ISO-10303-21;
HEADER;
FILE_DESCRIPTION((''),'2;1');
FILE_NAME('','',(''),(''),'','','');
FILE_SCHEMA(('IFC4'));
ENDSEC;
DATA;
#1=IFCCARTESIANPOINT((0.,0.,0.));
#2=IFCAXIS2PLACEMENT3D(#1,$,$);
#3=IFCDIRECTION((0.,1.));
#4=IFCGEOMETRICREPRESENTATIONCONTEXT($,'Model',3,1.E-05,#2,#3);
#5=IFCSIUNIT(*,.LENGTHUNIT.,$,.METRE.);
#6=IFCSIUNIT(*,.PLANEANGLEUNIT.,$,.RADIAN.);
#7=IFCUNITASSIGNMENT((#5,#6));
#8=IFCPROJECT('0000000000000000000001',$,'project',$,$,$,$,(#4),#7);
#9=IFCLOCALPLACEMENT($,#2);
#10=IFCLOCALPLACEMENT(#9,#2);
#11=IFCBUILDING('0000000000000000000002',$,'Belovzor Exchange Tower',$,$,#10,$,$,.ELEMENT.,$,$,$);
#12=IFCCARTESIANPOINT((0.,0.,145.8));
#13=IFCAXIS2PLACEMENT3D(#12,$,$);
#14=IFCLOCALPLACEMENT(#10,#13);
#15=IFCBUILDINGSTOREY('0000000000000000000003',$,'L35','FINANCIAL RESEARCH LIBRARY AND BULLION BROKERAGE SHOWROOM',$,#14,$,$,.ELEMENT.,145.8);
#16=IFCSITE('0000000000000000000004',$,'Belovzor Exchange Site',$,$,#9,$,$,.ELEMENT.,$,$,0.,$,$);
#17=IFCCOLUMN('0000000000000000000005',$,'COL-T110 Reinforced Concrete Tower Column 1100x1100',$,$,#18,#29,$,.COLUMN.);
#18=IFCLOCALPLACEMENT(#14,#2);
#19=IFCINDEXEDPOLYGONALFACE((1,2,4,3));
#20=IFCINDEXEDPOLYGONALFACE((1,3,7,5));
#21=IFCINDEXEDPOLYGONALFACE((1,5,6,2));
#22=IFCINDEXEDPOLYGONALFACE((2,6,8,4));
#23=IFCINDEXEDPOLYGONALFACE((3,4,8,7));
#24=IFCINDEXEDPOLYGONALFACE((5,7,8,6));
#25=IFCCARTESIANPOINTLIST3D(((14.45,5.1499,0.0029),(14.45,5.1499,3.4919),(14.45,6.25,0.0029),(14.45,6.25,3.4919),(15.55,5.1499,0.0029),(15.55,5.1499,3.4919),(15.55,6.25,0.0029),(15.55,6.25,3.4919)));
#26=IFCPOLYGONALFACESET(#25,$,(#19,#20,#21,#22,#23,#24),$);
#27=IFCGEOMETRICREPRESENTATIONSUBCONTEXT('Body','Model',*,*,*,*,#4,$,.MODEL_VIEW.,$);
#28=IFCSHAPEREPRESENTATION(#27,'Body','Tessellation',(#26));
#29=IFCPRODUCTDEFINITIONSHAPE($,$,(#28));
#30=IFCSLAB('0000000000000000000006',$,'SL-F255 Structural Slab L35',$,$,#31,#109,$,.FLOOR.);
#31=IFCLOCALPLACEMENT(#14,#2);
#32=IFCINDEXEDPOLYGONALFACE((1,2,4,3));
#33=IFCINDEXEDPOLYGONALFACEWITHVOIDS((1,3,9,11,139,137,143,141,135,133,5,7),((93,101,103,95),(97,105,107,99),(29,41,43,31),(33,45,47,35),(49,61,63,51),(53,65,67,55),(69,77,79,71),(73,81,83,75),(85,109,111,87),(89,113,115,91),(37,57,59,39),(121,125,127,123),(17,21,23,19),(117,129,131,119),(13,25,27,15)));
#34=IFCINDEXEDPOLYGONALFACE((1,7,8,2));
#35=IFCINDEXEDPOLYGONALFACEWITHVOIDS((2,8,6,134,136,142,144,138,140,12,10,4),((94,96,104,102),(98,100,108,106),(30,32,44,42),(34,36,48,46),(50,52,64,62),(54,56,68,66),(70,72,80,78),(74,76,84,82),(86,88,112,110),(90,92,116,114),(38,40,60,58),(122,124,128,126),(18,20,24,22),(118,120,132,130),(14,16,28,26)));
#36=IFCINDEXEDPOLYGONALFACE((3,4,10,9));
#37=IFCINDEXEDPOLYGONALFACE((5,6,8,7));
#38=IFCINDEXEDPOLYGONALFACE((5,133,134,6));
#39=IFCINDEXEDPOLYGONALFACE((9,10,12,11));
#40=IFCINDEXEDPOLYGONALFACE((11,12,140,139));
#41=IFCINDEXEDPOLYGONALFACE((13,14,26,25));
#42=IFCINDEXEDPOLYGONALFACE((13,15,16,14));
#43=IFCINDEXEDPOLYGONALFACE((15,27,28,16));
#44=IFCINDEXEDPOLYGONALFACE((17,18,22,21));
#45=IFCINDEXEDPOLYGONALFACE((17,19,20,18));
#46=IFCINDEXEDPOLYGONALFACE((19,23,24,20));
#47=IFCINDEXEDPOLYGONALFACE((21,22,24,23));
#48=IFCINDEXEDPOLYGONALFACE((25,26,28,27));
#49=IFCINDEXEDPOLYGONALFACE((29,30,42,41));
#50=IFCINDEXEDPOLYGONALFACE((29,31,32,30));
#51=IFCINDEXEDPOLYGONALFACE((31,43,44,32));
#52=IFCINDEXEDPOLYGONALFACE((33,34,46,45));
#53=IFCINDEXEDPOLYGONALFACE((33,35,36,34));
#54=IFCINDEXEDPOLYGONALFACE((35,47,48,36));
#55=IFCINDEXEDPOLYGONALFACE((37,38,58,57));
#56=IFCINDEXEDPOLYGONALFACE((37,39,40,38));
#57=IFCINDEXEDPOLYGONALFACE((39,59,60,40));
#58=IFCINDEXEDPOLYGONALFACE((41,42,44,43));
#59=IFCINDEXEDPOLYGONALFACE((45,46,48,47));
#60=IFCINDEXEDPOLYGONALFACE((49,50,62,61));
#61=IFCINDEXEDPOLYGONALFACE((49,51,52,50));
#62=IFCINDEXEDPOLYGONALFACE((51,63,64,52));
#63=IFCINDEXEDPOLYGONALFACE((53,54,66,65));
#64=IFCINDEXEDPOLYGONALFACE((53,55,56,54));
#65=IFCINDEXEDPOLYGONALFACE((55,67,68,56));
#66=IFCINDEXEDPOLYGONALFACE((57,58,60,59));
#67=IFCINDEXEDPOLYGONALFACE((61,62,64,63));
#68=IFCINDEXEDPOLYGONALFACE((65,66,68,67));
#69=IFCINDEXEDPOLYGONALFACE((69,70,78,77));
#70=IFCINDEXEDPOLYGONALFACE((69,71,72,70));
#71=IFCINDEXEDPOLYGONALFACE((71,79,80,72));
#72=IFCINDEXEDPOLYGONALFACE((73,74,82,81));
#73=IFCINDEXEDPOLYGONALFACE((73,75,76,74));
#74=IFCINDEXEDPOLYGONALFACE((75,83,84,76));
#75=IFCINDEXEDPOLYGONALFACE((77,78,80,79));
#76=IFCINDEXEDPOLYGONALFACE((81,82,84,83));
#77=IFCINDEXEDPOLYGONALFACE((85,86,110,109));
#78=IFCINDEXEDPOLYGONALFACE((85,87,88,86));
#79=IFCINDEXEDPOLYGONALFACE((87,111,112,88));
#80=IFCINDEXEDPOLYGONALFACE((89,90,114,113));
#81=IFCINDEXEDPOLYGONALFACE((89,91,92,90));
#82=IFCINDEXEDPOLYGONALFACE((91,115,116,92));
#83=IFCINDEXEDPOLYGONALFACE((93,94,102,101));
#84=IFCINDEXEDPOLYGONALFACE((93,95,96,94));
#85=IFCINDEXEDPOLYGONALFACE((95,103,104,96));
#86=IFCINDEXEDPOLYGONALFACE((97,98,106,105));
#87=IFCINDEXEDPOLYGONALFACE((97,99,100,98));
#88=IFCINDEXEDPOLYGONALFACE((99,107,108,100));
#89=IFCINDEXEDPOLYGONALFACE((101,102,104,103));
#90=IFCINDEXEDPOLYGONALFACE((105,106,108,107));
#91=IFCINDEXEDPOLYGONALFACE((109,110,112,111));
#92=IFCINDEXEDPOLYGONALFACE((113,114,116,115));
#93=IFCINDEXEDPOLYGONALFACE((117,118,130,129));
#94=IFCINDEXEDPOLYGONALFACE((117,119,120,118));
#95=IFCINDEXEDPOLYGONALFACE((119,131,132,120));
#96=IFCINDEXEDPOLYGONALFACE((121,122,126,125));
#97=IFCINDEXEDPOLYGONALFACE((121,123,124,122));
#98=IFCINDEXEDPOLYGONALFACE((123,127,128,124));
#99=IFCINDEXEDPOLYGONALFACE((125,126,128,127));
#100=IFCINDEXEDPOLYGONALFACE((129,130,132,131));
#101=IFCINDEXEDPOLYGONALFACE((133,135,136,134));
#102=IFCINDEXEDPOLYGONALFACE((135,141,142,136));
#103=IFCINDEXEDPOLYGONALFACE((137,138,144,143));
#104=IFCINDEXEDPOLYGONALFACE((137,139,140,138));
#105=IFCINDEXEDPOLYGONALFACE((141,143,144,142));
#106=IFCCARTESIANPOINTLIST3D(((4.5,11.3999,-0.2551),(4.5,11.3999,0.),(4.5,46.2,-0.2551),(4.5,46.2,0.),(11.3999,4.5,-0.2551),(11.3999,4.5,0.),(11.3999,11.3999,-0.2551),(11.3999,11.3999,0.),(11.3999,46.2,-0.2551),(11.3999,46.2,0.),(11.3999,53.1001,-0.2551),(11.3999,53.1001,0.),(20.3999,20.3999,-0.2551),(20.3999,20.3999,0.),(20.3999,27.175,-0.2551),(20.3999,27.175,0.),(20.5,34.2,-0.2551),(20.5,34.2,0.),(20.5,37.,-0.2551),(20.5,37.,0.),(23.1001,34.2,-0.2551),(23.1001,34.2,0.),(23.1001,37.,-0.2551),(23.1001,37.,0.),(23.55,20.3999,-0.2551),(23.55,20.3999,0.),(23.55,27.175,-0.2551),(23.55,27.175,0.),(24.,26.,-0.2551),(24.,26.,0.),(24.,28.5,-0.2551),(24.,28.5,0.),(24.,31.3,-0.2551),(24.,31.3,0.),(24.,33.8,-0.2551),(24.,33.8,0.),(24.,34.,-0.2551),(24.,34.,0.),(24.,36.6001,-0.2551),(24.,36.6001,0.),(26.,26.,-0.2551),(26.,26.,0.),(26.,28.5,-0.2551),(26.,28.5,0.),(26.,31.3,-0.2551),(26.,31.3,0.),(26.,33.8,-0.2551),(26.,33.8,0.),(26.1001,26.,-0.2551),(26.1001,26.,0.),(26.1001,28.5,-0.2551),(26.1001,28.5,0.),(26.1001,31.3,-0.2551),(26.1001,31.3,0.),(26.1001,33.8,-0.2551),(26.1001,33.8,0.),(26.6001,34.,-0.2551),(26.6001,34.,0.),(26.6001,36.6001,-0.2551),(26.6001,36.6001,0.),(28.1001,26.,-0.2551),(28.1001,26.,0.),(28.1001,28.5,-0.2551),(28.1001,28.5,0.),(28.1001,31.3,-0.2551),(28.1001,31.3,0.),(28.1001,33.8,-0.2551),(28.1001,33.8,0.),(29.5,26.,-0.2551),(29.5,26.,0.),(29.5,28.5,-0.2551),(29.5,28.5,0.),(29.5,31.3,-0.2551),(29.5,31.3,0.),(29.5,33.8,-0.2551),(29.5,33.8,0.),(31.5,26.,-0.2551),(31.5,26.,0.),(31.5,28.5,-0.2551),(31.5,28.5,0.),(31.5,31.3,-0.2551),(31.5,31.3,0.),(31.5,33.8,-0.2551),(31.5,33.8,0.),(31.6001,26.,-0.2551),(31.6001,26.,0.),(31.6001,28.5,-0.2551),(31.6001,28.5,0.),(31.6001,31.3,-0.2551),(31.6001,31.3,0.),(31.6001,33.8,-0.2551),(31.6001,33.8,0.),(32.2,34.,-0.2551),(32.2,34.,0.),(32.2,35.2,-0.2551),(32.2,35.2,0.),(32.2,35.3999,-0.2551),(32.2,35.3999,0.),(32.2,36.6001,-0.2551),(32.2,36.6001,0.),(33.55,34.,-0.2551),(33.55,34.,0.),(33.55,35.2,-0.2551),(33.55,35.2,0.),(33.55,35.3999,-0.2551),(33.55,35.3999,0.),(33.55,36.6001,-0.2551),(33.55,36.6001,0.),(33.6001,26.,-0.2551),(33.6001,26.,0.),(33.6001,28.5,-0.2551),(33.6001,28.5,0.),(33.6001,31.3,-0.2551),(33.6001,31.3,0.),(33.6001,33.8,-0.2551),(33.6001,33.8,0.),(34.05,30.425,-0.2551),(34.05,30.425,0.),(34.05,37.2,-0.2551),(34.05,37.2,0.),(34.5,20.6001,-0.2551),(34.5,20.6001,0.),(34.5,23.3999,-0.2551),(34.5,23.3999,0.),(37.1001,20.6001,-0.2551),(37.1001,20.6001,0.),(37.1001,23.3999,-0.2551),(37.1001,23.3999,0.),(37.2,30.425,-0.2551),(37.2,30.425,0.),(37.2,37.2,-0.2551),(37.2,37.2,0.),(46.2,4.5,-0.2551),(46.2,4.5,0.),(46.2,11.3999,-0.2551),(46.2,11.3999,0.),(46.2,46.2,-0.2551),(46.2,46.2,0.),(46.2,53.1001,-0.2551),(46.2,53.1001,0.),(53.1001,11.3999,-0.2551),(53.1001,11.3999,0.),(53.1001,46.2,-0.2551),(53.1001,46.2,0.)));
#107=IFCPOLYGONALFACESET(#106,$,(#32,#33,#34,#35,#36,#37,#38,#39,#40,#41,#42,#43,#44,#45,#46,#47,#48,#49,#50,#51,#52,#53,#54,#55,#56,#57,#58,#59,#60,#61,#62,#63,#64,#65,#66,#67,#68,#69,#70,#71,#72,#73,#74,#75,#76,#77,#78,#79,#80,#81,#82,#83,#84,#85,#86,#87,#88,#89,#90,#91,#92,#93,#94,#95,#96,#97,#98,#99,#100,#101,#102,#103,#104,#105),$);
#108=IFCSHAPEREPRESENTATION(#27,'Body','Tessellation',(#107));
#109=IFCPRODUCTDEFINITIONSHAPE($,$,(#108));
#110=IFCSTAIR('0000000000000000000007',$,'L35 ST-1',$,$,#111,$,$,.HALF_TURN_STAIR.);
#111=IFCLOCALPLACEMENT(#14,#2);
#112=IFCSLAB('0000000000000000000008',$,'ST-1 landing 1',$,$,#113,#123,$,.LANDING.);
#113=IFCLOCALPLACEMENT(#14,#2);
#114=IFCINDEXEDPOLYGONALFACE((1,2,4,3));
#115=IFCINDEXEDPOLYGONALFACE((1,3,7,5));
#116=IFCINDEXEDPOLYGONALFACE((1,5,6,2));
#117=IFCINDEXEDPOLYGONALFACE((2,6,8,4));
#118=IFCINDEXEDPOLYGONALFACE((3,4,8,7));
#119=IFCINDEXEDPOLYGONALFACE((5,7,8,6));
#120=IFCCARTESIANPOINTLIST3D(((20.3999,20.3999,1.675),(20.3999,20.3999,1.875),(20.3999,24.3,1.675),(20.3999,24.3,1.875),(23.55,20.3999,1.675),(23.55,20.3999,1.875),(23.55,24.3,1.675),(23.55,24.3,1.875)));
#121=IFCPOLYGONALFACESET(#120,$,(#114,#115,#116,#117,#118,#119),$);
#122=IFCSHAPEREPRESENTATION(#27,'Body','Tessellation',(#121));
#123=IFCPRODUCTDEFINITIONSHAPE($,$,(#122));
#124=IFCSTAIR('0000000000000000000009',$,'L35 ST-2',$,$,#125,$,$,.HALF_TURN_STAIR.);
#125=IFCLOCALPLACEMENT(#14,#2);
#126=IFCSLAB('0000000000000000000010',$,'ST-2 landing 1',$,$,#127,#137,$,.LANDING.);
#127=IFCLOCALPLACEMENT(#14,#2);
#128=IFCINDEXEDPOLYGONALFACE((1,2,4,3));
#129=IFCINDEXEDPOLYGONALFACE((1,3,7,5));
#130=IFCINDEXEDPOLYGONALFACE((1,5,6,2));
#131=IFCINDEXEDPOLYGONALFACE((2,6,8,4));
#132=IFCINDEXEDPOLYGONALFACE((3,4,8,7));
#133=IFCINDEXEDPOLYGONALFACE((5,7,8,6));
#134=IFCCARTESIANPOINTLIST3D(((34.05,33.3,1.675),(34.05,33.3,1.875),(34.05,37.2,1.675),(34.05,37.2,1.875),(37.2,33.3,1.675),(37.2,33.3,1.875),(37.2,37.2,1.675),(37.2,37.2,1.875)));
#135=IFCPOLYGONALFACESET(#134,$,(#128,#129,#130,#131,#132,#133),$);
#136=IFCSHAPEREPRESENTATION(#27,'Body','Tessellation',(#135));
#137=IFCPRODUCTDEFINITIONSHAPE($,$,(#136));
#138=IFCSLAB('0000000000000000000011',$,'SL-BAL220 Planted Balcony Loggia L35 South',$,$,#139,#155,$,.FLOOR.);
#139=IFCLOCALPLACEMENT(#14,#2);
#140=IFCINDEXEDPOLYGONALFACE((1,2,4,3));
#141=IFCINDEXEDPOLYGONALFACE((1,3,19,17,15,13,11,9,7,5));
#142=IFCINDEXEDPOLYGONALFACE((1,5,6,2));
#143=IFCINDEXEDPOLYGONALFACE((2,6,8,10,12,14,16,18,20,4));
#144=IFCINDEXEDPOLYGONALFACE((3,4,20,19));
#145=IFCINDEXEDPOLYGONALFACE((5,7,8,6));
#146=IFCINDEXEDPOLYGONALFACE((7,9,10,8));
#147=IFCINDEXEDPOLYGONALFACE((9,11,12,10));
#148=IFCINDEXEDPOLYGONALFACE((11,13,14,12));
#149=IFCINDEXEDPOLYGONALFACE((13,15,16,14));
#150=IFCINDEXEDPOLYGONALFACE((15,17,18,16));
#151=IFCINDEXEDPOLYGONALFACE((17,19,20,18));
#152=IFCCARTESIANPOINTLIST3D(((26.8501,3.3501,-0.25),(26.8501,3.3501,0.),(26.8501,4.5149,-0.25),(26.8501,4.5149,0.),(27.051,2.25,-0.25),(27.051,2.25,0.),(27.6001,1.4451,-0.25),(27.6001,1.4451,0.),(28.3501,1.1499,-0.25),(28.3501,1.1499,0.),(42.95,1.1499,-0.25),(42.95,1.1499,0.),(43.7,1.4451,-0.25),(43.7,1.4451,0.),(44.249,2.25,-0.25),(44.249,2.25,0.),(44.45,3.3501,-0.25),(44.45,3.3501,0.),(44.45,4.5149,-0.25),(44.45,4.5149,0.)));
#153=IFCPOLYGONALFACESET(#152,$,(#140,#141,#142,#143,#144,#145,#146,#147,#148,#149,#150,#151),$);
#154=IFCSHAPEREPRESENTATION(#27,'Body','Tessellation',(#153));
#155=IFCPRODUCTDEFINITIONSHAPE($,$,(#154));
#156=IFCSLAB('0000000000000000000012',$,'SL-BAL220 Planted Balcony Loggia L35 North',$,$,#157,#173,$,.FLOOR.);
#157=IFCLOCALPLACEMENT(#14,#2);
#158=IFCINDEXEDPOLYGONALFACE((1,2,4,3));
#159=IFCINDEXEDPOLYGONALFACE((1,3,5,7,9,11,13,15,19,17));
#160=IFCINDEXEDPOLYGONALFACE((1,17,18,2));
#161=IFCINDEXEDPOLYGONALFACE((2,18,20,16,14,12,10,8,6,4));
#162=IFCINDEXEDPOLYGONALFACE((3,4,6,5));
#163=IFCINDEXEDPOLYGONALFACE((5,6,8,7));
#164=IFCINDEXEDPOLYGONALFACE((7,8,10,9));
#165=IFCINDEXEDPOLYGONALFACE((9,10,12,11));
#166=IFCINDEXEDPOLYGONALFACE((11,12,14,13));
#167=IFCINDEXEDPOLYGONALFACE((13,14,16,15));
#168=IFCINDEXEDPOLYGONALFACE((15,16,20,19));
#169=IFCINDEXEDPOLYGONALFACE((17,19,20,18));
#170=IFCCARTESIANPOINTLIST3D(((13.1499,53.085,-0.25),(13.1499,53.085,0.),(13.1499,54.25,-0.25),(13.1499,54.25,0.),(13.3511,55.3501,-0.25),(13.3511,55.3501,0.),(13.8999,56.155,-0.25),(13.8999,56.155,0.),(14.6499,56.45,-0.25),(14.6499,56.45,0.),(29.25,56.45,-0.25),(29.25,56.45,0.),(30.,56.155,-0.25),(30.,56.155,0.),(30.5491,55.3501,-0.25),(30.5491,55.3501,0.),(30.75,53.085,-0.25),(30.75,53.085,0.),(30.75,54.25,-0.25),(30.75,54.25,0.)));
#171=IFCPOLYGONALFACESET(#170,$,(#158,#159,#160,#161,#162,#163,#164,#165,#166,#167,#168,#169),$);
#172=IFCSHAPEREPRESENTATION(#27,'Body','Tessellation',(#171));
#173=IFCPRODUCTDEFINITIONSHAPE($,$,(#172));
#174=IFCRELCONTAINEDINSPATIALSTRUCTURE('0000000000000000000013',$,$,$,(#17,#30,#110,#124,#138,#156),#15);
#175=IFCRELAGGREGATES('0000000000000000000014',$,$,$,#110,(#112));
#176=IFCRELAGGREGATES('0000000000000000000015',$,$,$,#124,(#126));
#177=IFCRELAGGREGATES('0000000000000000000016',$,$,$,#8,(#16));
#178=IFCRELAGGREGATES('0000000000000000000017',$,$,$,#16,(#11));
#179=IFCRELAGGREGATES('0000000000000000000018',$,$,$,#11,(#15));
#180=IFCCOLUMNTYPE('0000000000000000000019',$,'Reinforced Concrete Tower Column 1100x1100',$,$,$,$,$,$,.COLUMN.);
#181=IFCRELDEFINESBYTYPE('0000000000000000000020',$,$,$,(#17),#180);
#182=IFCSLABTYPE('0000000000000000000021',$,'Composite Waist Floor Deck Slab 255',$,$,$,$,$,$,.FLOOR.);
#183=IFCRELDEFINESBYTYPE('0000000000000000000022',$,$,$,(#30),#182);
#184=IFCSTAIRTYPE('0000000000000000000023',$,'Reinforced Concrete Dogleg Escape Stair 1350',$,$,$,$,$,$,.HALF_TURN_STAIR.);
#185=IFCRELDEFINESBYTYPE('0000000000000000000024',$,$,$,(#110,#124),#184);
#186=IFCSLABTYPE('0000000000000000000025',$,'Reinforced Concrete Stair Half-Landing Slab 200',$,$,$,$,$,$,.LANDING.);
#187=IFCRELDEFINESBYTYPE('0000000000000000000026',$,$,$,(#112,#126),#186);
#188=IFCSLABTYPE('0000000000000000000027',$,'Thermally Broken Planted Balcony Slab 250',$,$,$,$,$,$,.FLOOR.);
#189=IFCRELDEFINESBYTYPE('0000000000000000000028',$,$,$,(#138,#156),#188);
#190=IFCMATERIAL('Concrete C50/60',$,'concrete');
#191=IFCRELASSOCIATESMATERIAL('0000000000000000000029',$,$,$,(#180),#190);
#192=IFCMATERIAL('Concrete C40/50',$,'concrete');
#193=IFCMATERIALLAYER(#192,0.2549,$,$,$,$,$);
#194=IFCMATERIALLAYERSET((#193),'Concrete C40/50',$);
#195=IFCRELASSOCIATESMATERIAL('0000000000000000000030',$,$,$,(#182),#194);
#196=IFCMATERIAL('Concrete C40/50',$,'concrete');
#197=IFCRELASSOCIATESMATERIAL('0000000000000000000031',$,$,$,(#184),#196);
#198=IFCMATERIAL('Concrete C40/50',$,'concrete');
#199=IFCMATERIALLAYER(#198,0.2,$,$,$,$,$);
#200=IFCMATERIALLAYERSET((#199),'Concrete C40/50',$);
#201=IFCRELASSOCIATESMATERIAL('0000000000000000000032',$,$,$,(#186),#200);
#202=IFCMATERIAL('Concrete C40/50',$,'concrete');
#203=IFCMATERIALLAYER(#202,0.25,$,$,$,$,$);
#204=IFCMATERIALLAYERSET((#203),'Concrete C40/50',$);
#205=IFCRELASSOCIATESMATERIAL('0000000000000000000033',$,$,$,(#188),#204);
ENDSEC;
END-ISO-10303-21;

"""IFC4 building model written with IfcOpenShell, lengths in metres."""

from ifc_helpers import new_model, si_unit, direction, frame, origin, origin_2d, place, context, subcontext, project, spatial, polyline, rectangle, outline, extrude, material, layer, layer_set, material_profile, profile_set, type_object, element, aggregate, save


model = new_model("IFC4")

# Units and contexts
model_context = context("Model", 3, precision=1e-05, world=origin(), true_north=direction((0.0, 1.0)))
body_context = subcontext(model_context, "Body", "Model", "MODEL_VIEW")
ifc_project = project(units=[si_unit("LENGTHUNIT", "METRE"), si_unit("PLANEANGLEUNIT", "RADIAN")], contexts=[model_context])

# Site, building, storey
site_placement = place(None, origin())
site = spatial("IfcSite", under=ifc_project, at=site_placement, Name="Belovzor Exchange Site", CompositionType="ELEMENT", RefElevation=0.0)
building_placement = place(site_placement, origin())
building = spatial("IfcBuilding", under=site, at=building_placement, Name="Belovzor Exchange Tower", CompositionType="ELEMENT")
storey_placement = place(building_placement, frame((0.0, 0.0, 145.8)))
storey = spatial("IfcBuildingStorey", under=building, at=storey_placement, Name="L35", Description="FINANCIAL RESEARCH LIBRARY AND BULLION BROKERAGE SHOWROOM", CompositionType="ELEMENT", Elevation=145.8)

# Column
ifc_material_1 = material(Name="Concrete C50/60", Category="concrete")
ifc_material_profile = material_profile(ifc_material_1, rectangle(XDim=1.1001, YDim=1.1001, at=origin_2d()))
ifc_profile_set = profile_set([ifc_material_profile], Name="Concrete C50/60")
column_type = type_object("IfcColumnType", Name="Reinforced Concrete Tower Column 1100x1100", PredefinedType="COLUMN", material=ifc_profile_set)
column_placement = place(storey_placement, frame((15.0, 5.7, 0.0029), z_axis=(0.0, 0.0, 1.0), x_axis=(1.0, 0.0, 0.0)))
element("IfcColumn", 1, at=column_placement, inside=storey, type_object=column_type, Name="COL-T110 Reinforced Concrete Tower Column 1100x1100", PredefinedType="COLUMN", context=body_context, shape_type="SweptSolid", body=[
    extrude(rectangle(XDim=1.1001, YDim=1.1001, at=origin_2d()), origin(), (0.0, 0.0, 1.0), 3.489),
])

# Slab
ifc_material_2 = material(Name="Concrete C40/50", Category="concrete")
ifc_layer_1 = layer(ifc_material_2, 0.2549)
ifc_layer_set_1 = layer_set([ifc_layer_1], Name="Concrete C40/50")
slab_type_1 = type_object("IfcSlabType", Name="Composite Waist Floor Deck Slab 255", PredefinedType="FLOOR", material=ifc_layer_set_1)
slab_1_placement = place(storey_placement, frame((0.0, 0.0, -0.2551)))
element("IfcSlab", 2, at=slab_1_placement, inside=storey, type_object=slab_type_1, Name="SL-F255 Structural Slab L35", PredefinedType="FLOOR", context=body_context, shape_type="SweptSolid", body=[
    extrude(outline(polyline([(11.3999, 4.5), (46.2, 4.5), (46.2, 11.3999), (53.1001, 11.3999), (53.1001, 46.2), (46.2, 46.2), (46.2, 53.1001), (11.3999, 53.1001), (11.3999, 46.2), (4.5, 46.2), (4.5, 11.3999), (11.3999, 11.3999), (11.3999, 4.5)]), holes=[polyline([(20.3999, 27.175), (20.3999, 20.3999), (23.55, 20.3999), (23.55, 27.175), (20.3999, 27.175)]), polyline([(37.2, 30.425), (37.2, 37.2), (34.05, 37.2), (34.05, 30.425), (37.2, 30.425)]), polyline([(20.5, 34.2), (23.1001, 34.2), (23.1001, 37.0), (20.5, 37.0), (20.5, 34.2)]), polyline([(34.5, 20.6001), (37.1001, 20.6001), (37.1001, 23.3999), (34.5, 23.3999), (34.5, 20.6001)]), polyline([(24.0, 34.0), (26.6001, 34.0), (26.6001, 36.6001), (24.0, 36.6001), (24.0, 34.0)]), polyline([(24.0, 26.0), (26.0, 26.0), (26.0, 28.5), (24.0, 28.5), (24.0, 26.0)]), polyline([(26.1001, 26.0), (28.1001, 26.0), (28.1001, 28.5), (26.1001, 28.5), (26.1001, 26.0)]), polyline([(29.5, 26.0), (31.5, 26.0), (31.5, 28.5), (29.5, 28.5), (29.5, 26.0)]), polyline([(31.6001, 26.0), (33.6001, 26.0), (33.6001, 28.5), (31.6001, 28.5), (31.6001, 26.0)]), polyline([(24.0, 31.3), (26.0, 31.3), (26.0, 33.8), (24.0, 33.8), (24.0, 31.3)]), polyline([(26.1001, 31.3), (28.1001, 31.3), (28.1001, 33.8), (26.1001, 33.8), (26.1001, 31.3)]), polyline([(29.5, 31.3), (31.5, 31.3), (31.5, 33.8), (29.5, 33.8), (29.5, 31.3)]), polyline([(31.6001, 31.3), (33.6001, 31.3), (33.6001, 33.8), (31.6001, 33.8), (31.6001, 31.3)]), polyline([(32.2, 34.0), (33.55, 34.0), (33.55, 35.2), (32.2, 35.2), (32.2, 34.0)]), polyline([(32.2, 35.3999), (33.55, 35.3999), (33.55, 36.6001), (32.2, 36.6001), (32.2, 35.3999)])]), origin(), (0.0, 0.0, 1.0), 0.2551),
])

# Stairs, slabs
ifc_material_3 = material(Name="Concrete C40/50", Category="concrete")
stair_type = type_object("IfcStairType", Name="Reinforced Concrete Dogleg Escape Stair 1350", PredefinedType="HALF_TURN_STAIR", material=ifc_material_3)
stair_1_placement = place(storey_placement, origin())
stair_1 = element("IfcStair", 3, at=stair_1_placement, inside=storey, type_object=stair_type, Name="L35 ST-1", PredefinedType="HALF_TURN_STAIR")
ifc_material_4 = material(Name="Concrete C40/50", Category="concrete")
ifc_layer_2 = layer(ifc_material_4, 0.2)
ifc_layer_set_2 = layer_set([ifc_layer_2], Name="Concrete C40/50")
slab_type_2 = type_object("IfcSlabType", Name="Reinforced Concrete Stair Half-Landing Slab 200", PredefinedType="LANDING", material=ifc_layer_set_2)
slab_2_placement = place(storey_placement, frame((0.0, 0.0, 1.675)))
slab_2 = element("IfcSlab", 4, at=slab_2_placement, type_object=slab_type_2, Name="ST-1 landing 1", PredefinedType="LANDING", context=body_context, shape_type="SweptSolid", body=[
    extrude(outline(polyline([(20.3999, 24.3), (20.3999, 20.3999), (23.55, 20.3999), (23.55, 24.3), (20.3999, 24.3)])), origin(), (0.0, 0.0, 1.0), 0.2),
])
aggregate(stair_1, [slab_2])
stair_2_placement = place(storey_placement, origin())
stair_2 = element("IfcStair", 5, at=stair_2_placement, inside=storey, type_object=stair_type, Name="L35 ST-2", PredefinedType="HALF_TURN_STAIR")
slab_3_placement = place(storey_placement, frame((0.0, 0.0, 1.675)))
slab_3 = element("IfcSlab", 6, at=slab_3_placement, type_object=slab_type_2, Name="ST-2 landing 1", PredefinedType="LANDING", context=body_context, shape_type="SweptSolid", body=[
    extrude(outline(polyline([(37.2, 33.3), (37.2, 37.2), (34.05, 37.2), (34.05, 33.3), (37.2, 33.3)])), origin(), (0.0, 0.0, 1.0), 0.2),
])
aggregate(stair_2, [slab_3])

# Slabs
ifc_material_5 = material(Name="Concrete C40/50", Category="concrete")
ifc_layer_3 = layer(ifc_material_5, 0.25)
ifc_layer_set_3 = layer_set([ifc_layer_3], Name="Concrete C40/50")
slab_type_3 = type_object("IfcSlabType", Name="Thermally Broken Planted Balcony Slab 250", PredefinedType="FLOOR", material=ifc_layer_set_3)
slab_4_placement = place(storey_placement, frame((0.0, 0.0, -0.25)))
element("IfcSlab", 7, at=slab_4_placement, inside=storey, type_object=slab_type_3, Name="SL-BAL220 Planted Balcony Loggia L35 South", PredefinedType="FLOOR", context=body_context, shape_type="SweptSolid", body=[
    extrude(outline(polyline([(26.8501, 4.5149), (26.8501, 3.3501), (27.051, 2.25), (27.6001, 1.4451), (28.3501, 1.1499), (42.95, 1.1499), (43.7, 1.4451), (44.249, 2.25), (44.45, 3.3501), (44.45, 4.5149), (26.8501, 4.5149)])), origin(), (0.0, 0.0, 1.0), 0.25),
])
slab_5_placement = place(storey_placement, frame((0.0, 0.0, -0.25)))
element("IfcSlab", 8, at=slab_5_placement, inside=storey, type_object=slab_type_3, Name="SL-BAL220 Planted Balcony Loggia L35 North", PredefinedType="FLOOR", context=body_context, shape_type="SweptSolid", body=[
    extrude(outline(polyline([(30.75, 53.085), (30.75, 54.25), (30.5491, 55.3501), (30.0, 56.155), (29.25, 56.45), (14.6499, 56.45), (13.8999, 56.155), (13.3511, 55.3501), (13.1499, 54.25), (13.1499, 53.085), (30.75, 53.085)])), origin(), (0.0, 0.0, 1.0), 0.25),
])

save(model, "model.ifc")
